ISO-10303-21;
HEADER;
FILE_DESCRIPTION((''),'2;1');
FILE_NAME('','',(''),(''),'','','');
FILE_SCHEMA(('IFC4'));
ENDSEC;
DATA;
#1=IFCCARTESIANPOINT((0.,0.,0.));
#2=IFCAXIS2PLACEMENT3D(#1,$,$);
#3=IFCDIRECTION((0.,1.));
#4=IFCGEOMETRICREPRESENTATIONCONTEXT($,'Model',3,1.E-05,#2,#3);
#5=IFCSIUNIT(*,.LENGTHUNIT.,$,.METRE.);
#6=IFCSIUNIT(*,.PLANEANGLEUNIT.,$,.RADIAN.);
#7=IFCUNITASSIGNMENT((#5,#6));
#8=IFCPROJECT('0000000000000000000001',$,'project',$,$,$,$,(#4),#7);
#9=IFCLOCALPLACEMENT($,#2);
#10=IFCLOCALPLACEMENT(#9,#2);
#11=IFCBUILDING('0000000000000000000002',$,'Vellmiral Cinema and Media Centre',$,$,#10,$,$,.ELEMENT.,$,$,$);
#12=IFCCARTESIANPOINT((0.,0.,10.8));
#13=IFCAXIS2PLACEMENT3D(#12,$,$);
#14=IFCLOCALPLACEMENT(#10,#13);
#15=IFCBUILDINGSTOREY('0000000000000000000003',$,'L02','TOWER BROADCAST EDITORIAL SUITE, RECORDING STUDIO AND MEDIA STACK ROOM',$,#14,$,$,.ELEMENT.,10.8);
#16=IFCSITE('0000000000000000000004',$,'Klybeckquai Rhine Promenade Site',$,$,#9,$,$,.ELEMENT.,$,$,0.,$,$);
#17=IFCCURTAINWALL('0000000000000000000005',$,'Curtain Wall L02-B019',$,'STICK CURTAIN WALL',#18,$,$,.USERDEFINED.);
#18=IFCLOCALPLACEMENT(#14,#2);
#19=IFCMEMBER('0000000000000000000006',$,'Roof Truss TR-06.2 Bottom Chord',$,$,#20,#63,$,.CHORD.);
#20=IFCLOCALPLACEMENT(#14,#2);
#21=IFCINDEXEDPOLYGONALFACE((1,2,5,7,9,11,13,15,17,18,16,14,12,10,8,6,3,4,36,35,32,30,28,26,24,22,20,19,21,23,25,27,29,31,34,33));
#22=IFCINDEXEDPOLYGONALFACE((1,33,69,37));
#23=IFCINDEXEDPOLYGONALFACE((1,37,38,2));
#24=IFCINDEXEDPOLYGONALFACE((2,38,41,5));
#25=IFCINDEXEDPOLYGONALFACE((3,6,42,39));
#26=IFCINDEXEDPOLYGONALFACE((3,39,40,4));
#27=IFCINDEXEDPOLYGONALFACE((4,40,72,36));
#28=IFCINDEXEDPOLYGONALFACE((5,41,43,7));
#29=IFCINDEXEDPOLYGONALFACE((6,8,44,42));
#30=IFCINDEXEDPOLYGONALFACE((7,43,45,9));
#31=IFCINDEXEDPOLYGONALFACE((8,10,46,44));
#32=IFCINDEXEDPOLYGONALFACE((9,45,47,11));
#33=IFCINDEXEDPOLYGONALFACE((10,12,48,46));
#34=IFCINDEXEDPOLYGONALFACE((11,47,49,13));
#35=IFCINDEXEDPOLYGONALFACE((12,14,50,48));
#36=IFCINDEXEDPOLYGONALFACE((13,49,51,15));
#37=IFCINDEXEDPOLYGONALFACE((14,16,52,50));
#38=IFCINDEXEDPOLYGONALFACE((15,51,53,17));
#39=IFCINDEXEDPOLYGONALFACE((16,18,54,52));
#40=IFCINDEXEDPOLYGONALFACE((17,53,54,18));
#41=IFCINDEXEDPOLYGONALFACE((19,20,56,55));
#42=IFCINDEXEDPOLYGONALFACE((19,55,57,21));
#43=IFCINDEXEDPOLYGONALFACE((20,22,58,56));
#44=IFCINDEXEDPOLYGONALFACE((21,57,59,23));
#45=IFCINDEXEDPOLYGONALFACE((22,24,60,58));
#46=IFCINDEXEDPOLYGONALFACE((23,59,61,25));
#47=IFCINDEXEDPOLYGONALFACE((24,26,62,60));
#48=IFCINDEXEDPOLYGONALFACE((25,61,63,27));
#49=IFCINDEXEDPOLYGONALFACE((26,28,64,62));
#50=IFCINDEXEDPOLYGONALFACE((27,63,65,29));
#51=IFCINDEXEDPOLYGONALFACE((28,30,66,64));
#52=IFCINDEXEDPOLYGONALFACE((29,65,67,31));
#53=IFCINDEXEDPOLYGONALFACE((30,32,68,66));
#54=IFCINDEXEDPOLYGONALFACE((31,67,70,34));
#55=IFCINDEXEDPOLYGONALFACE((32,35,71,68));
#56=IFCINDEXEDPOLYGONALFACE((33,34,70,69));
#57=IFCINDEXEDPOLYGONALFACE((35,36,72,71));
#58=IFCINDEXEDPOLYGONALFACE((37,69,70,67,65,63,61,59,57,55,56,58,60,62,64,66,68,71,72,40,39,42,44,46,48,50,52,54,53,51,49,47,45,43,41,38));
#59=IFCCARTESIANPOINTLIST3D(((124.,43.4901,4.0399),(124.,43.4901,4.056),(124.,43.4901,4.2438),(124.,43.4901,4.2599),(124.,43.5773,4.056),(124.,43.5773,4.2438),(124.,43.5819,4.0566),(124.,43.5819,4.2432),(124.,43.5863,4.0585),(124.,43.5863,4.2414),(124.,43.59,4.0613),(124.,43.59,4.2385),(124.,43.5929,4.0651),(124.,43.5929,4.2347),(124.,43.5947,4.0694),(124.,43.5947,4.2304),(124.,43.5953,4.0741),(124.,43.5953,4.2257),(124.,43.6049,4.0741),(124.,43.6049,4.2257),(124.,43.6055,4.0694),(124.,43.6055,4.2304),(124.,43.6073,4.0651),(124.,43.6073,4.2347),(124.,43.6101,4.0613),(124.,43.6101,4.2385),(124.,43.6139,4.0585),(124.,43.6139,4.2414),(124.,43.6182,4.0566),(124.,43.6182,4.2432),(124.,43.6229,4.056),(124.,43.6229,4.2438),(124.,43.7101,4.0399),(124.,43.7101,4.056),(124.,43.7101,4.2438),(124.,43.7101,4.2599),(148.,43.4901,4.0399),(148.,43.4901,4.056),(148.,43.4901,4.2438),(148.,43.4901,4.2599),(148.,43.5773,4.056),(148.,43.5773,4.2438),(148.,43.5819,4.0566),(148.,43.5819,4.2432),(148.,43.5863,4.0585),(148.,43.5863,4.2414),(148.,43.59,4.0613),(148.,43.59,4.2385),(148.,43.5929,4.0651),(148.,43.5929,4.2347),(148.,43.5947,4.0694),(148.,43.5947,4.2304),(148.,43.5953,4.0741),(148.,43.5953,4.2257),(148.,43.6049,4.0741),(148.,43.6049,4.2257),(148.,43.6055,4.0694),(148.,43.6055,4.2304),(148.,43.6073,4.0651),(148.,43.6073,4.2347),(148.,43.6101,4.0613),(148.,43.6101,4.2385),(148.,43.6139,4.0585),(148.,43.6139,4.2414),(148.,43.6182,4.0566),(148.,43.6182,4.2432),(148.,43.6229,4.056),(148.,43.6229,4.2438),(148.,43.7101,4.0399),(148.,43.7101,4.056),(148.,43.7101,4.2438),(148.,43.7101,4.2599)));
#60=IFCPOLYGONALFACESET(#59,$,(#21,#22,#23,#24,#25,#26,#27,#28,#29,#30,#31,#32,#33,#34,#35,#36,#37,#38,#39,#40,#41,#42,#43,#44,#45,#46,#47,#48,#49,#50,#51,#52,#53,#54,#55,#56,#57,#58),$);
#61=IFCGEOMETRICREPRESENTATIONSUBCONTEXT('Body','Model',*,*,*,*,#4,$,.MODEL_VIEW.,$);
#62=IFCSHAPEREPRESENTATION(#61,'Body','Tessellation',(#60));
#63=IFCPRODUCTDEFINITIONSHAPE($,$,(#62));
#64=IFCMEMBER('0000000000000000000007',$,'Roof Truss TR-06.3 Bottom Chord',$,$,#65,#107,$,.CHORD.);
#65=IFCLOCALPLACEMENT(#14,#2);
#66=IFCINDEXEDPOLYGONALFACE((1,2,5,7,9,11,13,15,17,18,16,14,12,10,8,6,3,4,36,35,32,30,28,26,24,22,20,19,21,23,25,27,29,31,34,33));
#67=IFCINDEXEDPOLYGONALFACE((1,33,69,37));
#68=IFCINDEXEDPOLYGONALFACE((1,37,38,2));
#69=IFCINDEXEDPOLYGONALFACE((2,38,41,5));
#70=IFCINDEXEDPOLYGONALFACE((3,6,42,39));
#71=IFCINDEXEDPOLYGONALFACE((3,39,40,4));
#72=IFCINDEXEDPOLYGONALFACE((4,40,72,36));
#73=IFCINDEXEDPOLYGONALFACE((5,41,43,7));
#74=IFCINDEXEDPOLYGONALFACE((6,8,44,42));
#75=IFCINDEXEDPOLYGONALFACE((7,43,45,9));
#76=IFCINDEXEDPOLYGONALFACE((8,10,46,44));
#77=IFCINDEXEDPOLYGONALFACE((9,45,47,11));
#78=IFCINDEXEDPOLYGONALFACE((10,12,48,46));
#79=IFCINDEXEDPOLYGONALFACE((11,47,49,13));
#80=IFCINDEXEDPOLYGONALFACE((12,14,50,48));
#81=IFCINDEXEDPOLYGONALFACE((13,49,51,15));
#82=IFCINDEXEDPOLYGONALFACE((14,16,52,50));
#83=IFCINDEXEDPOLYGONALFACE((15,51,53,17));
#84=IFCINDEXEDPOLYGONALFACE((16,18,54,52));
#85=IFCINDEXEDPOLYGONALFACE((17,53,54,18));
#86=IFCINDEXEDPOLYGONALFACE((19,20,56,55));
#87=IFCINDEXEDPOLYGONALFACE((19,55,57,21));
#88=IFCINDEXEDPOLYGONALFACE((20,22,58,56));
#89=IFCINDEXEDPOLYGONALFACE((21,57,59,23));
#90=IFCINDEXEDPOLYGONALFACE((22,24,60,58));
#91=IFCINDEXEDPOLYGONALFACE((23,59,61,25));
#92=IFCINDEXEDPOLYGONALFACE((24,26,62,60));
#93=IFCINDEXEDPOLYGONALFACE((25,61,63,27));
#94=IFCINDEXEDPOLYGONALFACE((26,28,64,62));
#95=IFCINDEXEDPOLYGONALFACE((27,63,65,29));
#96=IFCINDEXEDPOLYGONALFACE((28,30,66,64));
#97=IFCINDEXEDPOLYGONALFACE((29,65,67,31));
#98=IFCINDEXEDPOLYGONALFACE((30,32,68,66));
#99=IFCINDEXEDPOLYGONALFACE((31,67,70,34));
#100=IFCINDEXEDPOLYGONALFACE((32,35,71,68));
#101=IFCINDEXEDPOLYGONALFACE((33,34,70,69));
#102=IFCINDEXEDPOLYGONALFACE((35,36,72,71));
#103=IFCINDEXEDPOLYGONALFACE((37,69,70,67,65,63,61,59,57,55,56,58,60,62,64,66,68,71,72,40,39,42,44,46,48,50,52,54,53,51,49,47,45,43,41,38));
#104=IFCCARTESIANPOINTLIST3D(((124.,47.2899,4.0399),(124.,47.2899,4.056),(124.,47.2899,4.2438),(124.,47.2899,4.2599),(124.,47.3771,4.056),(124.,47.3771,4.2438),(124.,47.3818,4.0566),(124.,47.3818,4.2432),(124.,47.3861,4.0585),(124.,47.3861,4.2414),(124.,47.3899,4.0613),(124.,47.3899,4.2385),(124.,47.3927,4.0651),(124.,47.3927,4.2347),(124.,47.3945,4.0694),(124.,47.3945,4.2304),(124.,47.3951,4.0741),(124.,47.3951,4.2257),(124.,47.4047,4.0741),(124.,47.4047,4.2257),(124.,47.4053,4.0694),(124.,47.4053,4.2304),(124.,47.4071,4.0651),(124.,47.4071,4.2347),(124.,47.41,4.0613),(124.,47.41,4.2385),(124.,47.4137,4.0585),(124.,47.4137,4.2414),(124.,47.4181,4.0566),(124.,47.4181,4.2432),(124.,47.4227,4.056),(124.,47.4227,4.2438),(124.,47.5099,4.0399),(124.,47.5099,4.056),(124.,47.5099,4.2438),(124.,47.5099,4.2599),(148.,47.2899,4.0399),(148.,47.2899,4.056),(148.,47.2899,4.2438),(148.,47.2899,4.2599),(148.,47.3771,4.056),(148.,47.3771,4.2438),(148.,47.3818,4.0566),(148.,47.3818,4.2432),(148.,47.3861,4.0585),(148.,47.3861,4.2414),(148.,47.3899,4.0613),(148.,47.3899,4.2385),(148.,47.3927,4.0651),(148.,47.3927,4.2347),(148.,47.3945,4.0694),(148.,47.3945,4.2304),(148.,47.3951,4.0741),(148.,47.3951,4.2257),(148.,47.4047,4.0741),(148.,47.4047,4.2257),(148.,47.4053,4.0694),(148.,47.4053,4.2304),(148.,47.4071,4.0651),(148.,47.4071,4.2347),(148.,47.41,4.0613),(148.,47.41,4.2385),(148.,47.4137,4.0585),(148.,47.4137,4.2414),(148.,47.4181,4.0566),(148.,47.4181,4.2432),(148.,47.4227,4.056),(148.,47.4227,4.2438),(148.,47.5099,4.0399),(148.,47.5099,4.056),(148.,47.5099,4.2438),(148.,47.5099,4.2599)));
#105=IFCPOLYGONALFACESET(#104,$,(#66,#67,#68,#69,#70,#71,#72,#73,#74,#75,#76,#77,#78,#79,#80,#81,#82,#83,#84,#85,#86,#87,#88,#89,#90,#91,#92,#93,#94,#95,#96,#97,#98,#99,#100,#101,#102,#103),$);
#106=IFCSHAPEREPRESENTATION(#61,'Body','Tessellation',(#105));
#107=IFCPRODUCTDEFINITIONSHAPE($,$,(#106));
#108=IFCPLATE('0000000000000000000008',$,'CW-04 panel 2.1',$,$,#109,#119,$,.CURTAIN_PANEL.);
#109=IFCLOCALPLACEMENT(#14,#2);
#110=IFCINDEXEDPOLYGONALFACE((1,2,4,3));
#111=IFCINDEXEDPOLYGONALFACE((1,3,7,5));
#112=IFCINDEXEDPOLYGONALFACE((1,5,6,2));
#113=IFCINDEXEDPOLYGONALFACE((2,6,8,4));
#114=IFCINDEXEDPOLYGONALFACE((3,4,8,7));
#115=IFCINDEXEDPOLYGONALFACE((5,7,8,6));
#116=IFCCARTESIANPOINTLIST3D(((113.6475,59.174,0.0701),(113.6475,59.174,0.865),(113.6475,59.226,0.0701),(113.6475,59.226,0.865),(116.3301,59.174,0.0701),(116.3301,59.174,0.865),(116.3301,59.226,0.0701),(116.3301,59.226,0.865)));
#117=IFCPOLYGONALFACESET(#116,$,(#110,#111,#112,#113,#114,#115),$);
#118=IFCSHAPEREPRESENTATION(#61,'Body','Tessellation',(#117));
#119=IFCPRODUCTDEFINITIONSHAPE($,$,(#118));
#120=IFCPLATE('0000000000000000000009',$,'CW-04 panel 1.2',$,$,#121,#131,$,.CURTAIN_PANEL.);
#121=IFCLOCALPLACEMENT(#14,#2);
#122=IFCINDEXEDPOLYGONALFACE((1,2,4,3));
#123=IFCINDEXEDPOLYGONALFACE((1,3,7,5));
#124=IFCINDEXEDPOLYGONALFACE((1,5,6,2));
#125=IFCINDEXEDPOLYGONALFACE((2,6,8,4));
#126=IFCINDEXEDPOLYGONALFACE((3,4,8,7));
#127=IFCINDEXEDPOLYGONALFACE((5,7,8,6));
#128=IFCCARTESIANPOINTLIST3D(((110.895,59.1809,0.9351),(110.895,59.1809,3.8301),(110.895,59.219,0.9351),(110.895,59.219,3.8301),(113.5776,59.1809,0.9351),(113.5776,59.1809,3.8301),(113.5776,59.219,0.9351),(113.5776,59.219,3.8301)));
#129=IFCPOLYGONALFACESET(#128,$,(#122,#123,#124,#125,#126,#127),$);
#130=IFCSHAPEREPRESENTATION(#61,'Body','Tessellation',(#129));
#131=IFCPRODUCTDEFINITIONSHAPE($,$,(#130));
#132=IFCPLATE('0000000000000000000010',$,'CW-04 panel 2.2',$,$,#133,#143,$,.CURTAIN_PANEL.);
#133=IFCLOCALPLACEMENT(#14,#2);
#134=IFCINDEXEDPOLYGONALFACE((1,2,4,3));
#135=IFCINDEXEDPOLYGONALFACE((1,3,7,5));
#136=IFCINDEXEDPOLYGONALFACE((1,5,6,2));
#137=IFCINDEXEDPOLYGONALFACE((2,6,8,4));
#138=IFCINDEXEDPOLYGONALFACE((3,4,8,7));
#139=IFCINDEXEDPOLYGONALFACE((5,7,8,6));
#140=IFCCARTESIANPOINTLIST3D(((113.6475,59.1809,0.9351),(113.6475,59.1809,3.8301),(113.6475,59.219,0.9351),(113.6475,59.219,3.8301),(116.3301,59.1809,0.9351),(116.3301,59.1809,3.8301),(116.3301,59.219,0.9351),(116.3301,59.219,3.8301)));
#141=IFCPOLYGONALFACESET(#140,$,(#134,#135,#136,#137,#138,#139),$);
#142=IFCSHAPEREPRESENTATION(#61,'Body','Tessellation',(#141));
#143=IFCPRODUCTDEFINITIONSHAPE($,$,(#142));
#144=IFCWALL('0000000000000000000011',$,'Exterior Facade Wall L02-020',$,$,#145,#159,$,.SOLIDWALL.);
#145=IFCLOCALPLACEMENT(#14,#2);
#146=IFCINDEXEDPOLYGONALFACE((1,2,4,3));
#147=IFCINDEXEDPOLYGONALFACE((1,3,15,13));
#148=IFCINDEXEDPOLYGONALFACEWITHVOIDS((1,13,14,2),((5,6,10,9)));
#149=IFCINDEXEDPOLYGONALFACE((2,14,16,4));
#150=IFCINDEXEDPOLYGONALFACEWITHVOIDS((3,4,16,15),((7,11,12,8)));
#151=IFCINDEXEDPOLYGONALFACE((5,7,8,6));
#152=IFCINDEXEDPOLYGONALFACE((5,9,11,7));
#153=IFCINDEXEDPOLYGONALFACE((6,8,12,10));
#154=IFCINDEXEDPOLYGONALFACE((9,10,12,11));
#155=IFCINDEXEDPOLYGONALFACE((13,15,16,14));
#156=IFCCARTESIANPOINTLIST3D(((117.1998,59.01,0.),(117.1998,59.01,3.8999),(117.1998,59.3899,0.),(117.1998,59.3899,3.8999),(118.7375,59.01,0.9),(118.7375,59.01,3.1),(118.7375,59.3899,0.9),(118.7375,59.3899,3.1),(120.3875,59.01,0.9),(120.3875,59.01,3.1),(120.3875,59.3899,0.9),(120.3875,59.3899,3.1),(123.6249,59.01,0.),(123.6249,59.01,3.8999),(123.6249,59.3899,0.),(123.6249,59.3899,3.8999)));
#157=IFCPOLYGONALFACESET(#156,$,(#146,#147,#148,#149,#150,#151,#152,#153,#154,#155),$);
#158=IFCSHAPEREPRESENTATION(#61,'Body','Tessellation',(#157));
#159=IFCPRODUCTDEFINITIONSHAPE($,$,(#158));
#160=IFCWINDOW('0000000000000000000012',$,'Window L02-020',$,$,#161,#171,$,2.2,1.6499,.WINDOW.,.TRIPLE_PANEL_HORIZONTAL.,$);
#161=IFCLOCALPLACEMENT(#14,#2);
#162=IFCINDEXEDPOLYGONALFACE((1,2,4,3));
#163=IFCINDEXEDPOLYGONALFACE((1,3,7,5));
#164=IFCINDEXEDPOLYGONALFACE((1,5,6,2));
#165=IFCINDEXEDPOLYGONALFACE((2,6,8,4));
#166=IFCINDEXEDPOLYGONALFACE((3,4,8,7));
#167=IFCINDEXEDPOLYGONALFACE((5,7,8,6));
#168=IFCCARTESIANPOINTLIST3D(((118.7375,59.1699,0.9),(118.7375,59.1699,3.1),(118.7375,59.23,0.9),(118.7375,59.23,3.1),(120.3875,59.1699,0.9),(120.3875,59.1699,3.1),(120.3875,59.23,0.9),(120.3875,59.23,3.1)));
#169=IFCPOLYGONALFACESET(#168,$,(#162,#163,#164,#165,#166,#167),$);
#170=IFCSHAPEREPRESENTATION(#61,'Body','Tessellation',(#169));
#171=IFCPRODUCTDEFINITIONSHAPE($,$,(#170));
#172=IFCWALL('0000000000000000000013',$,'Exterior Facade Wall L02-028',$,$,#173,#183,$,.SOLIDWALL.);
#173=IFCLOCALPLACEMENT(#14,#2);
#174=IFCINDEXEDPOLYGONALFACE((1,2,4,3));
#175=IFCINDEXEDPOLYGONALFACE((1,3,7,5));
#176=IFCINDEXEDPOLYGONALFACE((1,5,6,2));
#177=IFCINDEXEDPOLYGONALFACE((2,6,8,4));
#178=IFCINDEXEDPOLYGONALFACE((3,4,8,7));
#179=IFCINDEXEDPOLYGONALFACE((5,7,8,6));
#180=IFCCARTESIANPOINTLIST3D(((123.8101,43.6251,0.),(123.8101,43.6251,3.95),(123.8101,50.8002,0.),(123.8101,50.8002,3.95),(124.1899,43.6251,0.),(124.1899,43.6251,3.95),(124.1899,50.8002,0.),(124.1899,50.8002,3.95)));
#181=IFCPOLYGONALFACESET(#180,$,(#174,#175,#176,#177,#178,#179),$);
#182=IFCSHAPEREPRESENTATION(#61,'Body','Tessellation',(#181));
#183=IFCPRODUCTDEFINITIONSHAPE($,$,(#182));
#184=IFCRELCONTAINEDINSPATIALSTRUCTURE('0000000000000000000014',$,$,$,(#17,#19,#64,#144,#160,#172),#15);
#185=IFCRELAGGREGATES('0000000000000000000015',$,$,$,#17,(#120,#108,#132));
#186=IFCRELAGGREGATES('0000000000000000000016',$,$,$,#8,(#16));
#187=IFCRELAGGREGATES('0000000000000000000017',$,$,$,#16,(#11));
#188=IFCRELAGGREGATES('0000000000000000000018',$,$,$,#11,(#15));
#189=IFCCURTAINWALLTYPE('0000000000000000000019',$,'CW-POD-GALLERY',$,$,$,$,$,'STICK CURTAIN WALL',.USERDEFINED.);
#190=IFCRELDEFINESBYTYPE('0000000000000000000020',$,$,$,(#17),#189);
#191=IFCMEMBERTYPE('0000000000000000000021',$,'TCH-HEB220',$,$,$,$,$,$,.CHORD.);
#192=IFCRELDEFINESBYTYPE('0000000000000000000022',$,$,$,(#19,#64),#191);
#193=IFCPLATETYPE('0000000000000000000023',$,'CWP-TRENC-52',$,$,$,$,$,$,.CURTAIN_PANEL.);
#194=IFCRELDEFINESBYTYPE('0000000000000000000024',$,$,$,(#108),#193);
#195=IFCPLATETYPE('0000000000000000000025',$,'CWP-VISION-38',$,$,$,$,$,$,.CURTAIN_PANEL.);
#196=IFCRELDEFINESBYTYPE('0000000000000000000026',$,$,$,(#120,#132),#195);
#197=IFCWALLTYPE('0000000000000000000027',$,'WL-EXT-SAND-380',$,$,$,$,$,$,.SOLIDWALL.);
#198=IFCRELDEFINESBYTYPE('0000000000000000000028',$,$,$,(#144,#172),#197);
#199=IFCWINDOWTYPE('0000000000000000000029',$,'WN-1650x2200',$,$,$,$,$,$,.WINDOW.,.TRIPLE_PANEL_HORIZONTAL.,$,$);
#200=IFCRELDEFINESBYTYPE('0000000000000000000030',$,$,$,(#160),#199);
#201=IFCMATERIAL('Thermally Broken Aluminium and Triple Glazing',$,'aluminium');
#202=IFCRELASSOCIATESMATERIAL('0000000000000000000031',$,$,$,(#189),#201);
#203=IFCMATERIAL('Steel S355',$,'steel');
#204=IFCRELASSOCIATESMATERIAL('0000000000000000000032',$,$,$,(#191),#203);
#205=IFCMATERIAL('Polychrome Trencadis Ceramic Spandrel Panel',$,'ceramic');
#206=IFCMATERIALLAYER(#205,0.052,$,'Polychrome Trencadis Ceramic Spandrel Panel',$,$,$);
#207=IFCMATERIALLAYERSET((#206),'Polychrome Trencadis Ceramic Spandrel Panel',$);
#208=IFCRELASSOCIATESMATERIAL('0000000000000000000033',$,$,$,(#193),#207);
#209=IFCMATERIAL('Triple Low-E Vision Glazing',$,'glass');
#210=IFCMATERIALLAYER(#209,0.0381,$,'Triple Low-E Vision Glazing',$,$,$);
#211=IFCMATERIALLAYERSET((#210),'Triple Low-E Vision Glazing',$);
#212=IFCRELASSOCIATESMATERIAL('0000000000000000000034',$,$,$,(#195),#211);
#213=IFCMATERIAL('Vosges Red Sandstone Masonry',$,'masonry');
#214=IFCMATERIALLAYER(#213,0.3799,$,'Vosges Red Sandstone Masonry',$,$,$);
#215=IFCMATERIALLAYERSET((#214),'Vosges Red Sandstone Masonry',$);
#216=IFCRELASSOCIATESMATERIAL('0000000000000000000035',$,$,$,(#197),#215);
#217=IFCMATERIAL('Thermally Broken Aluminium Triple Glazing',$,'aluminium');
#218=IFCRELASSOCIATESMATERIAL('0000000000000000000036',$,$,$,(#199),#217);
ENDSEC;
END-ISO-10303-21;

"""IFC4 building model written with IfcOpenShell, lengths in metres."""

from ifc_helpers import new_model, si_unit, direction, frame, frame_2d, origin, origin_2d, place, context, subcontext, project, spatial, rectangle, i_section, extrude, material, layer, layer_set, material_profile, profile_set, type_object, element, fill, aggregate, save


model = new_model("IFC4")

# Units and contexts
model_context = context("Model", 3, precision=1e-05, world=origin(), true_north=direction((0.0, 1.0)))
body_context = subcontext(model_context, "Body", "Model", "MODEL_VIEW")
ifc_project = project(units=[si_unit("LENGTHUNIT", "METRE"), si_unit("PLANEANGLEUNIT", "RADIAN")], contexts=[model_context])

# Site, building, storey
site_placement = place(None, origin())
site = spatial("IfcSite", under=ifc_project, at=site_placement, Name="Klybeckquai Rhine Promenade Site", CompositionType="ELEMENT", RefElevation=0.0)
building_placement = place(site_placement, origin())
building = spatial("IfcBuilding", under=site, at=building_placement, Name="Vellmiral Cinema and Media Centre", CompositionType="ELEMENT")
storey_placement = place(building_placement, frame((0.0, 0.0, 10.8)))
storey = spatial("IfcBuildingStorey", under=building, at=storey_placement, Name="L02", Description="TOWER BROADCAST EDITORIAL SUITE, RECORDING STUDIO AND MEDIA STACK ROOM", CompositionType="ELEMENT", Elevation=10.8)

# Curtain wall
ifc_material_1 = material(Name="Thermally Broken Aluminium and Triple Glazing", Category="aluminium")
curtain_wall_type = type_object("IfcCurtainWallType", Name="CW-POD-GALLERY", ElementType="STICK CURTAIN WALL", PredefinedType="USERDEFINED", material=ifc_material_1)
curtain_wall_placement = place(storey_placement, origin())
curtain_wall = element("IfcCurtainWall", 1, at=curtain_wall_placement, inside=storey, type_object=curtain_wall_type, Name="Curtain Wall L02-B019", ObjectType="STICK CURTAIN WALL", PredefinedType="USERDEFINED")

# Members
ifc_material_2 = material(Name="Steel S355", Category="steel")
ifc_material_profile_1 = material_profile(ifc_material_2, i_section(OverallWidth=0.22, OverallDepth=0.22, WebThickness=0.0095, FlangeThickness=0.0161, FilletRadius=0.0181, at=origin_2d()), Name="HEB 220")
ifc_profile_set_1 = profile_set([ifc_material_profile_1], Name="Steel S355")
member_type_1 = type_object("IfcMemberType", Name="TCH-HEB220", PredefinedType="CHORD", material=ifc_profile_set_1)
for number, where, z_axis, x_axis, name in (
    (2, (124.0, 43.6001, 4.1499), (1.0, 0.0, 0.0), (0.0, 1.0, 0.0), "Roof Truss TR-06.2 Bottom Chord"),
    (3, (124.0, 47.3999, 4.1499), (1.0, 0.0, 0.0), (0.0, 1.0, 0.0), "Roof Truss TR-06.3 Bottom Chord"),
):
    element("IfcMember", number, at=place(storey_placement, frame(where, z_axis=z_axis, x_axis=x_axis)), inside=storey, type_object=member_type_1, Name=name, PredefinedType="CHORD", context=body_context, shape_type="SweptSolid", body=[
        extrude(i_section(OverallWidth=0.22, OverallDepth=0.22, WebThickness=0.0095, FlangeThickness=0.0161, FilletRadius=0.0181, at=origin_2d()), origin(), (0.0, 0.0, 1.0), 24.0),
    ])

# Plates
ifc_material_3 = material(Name="Polychrome Trencadis Ceramic Spandrel Panel", Category="ceramic")
ifc_layer_1 = layer(ifc_material_3, 0.052, Name="Polychrome Trencadis Ceramic Spandrel Panel")
ifc_layer_set_1 = layer_set([ifc_layer_1], Name="Polychrome Trencadis Ceramic Spandrel Panel")
plate_type_1 = type_object("IfcPlateType", Name="CWP-TRENC-52", PredefinedType="CURTAIN_PANEL", material=ifc_layer_set_1)
plate_1_placement = place(storey_placement, frame((114.9888, 59.2, 0.0701), z_axis=(0.0, 0.0, 1.0), x_axis=(1.0, 0.0, 0.0)))
plate_1 = element("IfcPlate", 4, at=plate_1_placement, type_object=plate_type_1, Name="CW-04 panel 2.1", PredefinedType="CURTAIN_PANEL", context=body_context, shape_type="SweptSolid", body=[
    extrude(rectangle(XDim=2.6826, YDim=0.052, at=origin_2d()), origin(), (0.0, 0.0, 1.0), 0.7949),
])
ifc_material_4 = material(Name="Triple Low-E Vision Glazing", Category="glass")
ifc_layer_2 = layer(ifc_material_4, 0.0381, Name="Triple Low-E Vision Glazing")
ifc_layer_set_2 = layer_set([ifc_layer_2], Name="Triple Low-E Vision Glazing")
plate_type_2 = type_object("IfcPlateType", Name="CWP-VISION-38", PredefinedType="CURTAIN_PANEL", material=ifc_layer_set_2)
plate_2_placement = place(storey_placement, frame((112.2363, 59.2, 0.9351), z_axis=(0.0, 0.0, 1.0), x_axis=(1.0, 0.0, 0.0)))
plate_2 = element("IfcPlate", 5, at=plate_2_placement, type_object=plate_type_2, Name="CW-04 panel 1.2", PredefinedType="CURTAIN_PANEL", context=body_context, shape_type="SweptSolid", body=[
    extrude(rectangle(XDim=2.6826, YDim=0.0381, at=origin_2d()), origin(), (0.0, 0.0, 1.0), 2.895),
])
plate_3_placement = place(storey_placement, frame((114.9888, 59.2, 0.9351), z_axis=(0.0, 0.0, 1.0), x_axis=(1.0, 0.0, 0.0)))
plate_3 = element("IfcPlate", 6, at=plate_3_placement, type_object=plate_type_2, Name="CW-04 panel 2.2", PredefinedType="CURTAIN_PANEL", context=body_context, shape_type="SweptSolid", body=[
    extrude(rectangle(XDim=2.6826, YDim=0.0381, at=origin_2d()), origin(), (0.0, 0.0, 1.0), 2.895),
])
aggregate(curtain_wall, [plate_2, plate_1, plate_3])

# Wall, opening, window
ifc_material_5 = material(Name="Vosges Red Sandstone Masonry", Category="masonry")
ifc_layer_3 = layer(ifc_material_5, 0.3799, Name="Vosges Red Sandstone Masonry")
ifc_layer_set_3 = layer_set([ifc_layer_3], Name="Vosges Red Sandstone Masonry")
wall_type_1 = type_object("IfcWallType", Name="WL-EXT-SAND-380", PredefinedType="SOLIDWALL", material=ifc_layer_set_3)
wall_1_placement = place(storey_placement, frame((117.2, 59.2, 0.0), z_axis=(0.0, 0.0, 1.0), x_axis=(1.0, 0.0, 0.0)))
wall_1 = element("IfcWall", 7, at=wall_1_placement, inside=storey, type_object=wall_type_1, Name="Exterior Facade Wall L02-020", PredefinedType="SOLIDWALL", context=body_context, shape_type="SweptSolid", body=[
    extrude(rectangle(XDim=6.425, YDim=0.3799, at=frame_2d((3.2124, 0.0))), origin(), (0.0, 0.0, 1.0), 3.8999),
])
opening_1_placement = place(wall_1_placement, frame((1.5376, 0.0, 0.8999)))
opening_1 = element("IfcOpeningElement", 8, at=opening_1_placement, cuts=wall_1, PredefinedType="OPENING", context=body_context, shape_type="SweptSolid", body=[
    extrude(rectangle(XDim=1.6499, YDim=2.2, at=frame_2d((0.825, 1.1001))), frame((0.0, 0.2019, 0.0), z_axis=(0.0, -1.0, 0.0), x_axis=(1.0, 0.0, 0.0)), (0.0, 0.0, 1.0), 0.4038),
])
ifc_material_6 = material(Name="Thermally Broken Aluminium Triple Glazing", Category="aluminium")
window_type = type_object("IfcWindowType", Name="WN-1650x2200", PartitioningType="TRIPLE_PANEL_HORIZONTAL", PredefinedType="WINDOW", material=ifc_material_6)
window_placement = place(opening_1_placement, origin())
window = element("IfcWindow", 9, at=window_placement, inside=storey, type_object=window_type, Name="Window L02-020", OverallHeight=2.2, OverallWidth=1.6499, PartitioningType="TRIPLE_PANEL_HORIZONTAL", PredefinedType="WINDOW", context=body_context, shape_type="SweptSolid", body=[
    extrude(rectangle(XDim=1.6499, YDim=2.2, at=frame_2d((0.825, 1.1001))), frame((0.0, 0.03, 0.0), z_axis=(0.0, -1.0, 0.0), x_axis=(1.0, 0.0, 0.0)), (0.0, 0.0, 1.0), 0.0601),
])
fill(opening_1, window)

# Wall
wall_2_placement = place(storey_placement, frame((124.0, 50.8, 0.0), z_axis=(0.0, 0.0, 1.0), x_axis=(0.0, -1.0, 0.0)))
element("IfcWall", 10, at=wall_2_placement, inside=storey, type_object=wall_type_1, Name="Exterior Facade Wall L02-028", PredefinedType="SOLIDWALL", context=body_context, shape_type="SweptSolid", body=[
    extrude(rectangle(XDim=7.175, YDim=0.3799, at=frame_2d((3.5874, 0.0))), origin(), (0.0, 0.0, 1.0), 3.95),
])

save(model, "model.ifc")
